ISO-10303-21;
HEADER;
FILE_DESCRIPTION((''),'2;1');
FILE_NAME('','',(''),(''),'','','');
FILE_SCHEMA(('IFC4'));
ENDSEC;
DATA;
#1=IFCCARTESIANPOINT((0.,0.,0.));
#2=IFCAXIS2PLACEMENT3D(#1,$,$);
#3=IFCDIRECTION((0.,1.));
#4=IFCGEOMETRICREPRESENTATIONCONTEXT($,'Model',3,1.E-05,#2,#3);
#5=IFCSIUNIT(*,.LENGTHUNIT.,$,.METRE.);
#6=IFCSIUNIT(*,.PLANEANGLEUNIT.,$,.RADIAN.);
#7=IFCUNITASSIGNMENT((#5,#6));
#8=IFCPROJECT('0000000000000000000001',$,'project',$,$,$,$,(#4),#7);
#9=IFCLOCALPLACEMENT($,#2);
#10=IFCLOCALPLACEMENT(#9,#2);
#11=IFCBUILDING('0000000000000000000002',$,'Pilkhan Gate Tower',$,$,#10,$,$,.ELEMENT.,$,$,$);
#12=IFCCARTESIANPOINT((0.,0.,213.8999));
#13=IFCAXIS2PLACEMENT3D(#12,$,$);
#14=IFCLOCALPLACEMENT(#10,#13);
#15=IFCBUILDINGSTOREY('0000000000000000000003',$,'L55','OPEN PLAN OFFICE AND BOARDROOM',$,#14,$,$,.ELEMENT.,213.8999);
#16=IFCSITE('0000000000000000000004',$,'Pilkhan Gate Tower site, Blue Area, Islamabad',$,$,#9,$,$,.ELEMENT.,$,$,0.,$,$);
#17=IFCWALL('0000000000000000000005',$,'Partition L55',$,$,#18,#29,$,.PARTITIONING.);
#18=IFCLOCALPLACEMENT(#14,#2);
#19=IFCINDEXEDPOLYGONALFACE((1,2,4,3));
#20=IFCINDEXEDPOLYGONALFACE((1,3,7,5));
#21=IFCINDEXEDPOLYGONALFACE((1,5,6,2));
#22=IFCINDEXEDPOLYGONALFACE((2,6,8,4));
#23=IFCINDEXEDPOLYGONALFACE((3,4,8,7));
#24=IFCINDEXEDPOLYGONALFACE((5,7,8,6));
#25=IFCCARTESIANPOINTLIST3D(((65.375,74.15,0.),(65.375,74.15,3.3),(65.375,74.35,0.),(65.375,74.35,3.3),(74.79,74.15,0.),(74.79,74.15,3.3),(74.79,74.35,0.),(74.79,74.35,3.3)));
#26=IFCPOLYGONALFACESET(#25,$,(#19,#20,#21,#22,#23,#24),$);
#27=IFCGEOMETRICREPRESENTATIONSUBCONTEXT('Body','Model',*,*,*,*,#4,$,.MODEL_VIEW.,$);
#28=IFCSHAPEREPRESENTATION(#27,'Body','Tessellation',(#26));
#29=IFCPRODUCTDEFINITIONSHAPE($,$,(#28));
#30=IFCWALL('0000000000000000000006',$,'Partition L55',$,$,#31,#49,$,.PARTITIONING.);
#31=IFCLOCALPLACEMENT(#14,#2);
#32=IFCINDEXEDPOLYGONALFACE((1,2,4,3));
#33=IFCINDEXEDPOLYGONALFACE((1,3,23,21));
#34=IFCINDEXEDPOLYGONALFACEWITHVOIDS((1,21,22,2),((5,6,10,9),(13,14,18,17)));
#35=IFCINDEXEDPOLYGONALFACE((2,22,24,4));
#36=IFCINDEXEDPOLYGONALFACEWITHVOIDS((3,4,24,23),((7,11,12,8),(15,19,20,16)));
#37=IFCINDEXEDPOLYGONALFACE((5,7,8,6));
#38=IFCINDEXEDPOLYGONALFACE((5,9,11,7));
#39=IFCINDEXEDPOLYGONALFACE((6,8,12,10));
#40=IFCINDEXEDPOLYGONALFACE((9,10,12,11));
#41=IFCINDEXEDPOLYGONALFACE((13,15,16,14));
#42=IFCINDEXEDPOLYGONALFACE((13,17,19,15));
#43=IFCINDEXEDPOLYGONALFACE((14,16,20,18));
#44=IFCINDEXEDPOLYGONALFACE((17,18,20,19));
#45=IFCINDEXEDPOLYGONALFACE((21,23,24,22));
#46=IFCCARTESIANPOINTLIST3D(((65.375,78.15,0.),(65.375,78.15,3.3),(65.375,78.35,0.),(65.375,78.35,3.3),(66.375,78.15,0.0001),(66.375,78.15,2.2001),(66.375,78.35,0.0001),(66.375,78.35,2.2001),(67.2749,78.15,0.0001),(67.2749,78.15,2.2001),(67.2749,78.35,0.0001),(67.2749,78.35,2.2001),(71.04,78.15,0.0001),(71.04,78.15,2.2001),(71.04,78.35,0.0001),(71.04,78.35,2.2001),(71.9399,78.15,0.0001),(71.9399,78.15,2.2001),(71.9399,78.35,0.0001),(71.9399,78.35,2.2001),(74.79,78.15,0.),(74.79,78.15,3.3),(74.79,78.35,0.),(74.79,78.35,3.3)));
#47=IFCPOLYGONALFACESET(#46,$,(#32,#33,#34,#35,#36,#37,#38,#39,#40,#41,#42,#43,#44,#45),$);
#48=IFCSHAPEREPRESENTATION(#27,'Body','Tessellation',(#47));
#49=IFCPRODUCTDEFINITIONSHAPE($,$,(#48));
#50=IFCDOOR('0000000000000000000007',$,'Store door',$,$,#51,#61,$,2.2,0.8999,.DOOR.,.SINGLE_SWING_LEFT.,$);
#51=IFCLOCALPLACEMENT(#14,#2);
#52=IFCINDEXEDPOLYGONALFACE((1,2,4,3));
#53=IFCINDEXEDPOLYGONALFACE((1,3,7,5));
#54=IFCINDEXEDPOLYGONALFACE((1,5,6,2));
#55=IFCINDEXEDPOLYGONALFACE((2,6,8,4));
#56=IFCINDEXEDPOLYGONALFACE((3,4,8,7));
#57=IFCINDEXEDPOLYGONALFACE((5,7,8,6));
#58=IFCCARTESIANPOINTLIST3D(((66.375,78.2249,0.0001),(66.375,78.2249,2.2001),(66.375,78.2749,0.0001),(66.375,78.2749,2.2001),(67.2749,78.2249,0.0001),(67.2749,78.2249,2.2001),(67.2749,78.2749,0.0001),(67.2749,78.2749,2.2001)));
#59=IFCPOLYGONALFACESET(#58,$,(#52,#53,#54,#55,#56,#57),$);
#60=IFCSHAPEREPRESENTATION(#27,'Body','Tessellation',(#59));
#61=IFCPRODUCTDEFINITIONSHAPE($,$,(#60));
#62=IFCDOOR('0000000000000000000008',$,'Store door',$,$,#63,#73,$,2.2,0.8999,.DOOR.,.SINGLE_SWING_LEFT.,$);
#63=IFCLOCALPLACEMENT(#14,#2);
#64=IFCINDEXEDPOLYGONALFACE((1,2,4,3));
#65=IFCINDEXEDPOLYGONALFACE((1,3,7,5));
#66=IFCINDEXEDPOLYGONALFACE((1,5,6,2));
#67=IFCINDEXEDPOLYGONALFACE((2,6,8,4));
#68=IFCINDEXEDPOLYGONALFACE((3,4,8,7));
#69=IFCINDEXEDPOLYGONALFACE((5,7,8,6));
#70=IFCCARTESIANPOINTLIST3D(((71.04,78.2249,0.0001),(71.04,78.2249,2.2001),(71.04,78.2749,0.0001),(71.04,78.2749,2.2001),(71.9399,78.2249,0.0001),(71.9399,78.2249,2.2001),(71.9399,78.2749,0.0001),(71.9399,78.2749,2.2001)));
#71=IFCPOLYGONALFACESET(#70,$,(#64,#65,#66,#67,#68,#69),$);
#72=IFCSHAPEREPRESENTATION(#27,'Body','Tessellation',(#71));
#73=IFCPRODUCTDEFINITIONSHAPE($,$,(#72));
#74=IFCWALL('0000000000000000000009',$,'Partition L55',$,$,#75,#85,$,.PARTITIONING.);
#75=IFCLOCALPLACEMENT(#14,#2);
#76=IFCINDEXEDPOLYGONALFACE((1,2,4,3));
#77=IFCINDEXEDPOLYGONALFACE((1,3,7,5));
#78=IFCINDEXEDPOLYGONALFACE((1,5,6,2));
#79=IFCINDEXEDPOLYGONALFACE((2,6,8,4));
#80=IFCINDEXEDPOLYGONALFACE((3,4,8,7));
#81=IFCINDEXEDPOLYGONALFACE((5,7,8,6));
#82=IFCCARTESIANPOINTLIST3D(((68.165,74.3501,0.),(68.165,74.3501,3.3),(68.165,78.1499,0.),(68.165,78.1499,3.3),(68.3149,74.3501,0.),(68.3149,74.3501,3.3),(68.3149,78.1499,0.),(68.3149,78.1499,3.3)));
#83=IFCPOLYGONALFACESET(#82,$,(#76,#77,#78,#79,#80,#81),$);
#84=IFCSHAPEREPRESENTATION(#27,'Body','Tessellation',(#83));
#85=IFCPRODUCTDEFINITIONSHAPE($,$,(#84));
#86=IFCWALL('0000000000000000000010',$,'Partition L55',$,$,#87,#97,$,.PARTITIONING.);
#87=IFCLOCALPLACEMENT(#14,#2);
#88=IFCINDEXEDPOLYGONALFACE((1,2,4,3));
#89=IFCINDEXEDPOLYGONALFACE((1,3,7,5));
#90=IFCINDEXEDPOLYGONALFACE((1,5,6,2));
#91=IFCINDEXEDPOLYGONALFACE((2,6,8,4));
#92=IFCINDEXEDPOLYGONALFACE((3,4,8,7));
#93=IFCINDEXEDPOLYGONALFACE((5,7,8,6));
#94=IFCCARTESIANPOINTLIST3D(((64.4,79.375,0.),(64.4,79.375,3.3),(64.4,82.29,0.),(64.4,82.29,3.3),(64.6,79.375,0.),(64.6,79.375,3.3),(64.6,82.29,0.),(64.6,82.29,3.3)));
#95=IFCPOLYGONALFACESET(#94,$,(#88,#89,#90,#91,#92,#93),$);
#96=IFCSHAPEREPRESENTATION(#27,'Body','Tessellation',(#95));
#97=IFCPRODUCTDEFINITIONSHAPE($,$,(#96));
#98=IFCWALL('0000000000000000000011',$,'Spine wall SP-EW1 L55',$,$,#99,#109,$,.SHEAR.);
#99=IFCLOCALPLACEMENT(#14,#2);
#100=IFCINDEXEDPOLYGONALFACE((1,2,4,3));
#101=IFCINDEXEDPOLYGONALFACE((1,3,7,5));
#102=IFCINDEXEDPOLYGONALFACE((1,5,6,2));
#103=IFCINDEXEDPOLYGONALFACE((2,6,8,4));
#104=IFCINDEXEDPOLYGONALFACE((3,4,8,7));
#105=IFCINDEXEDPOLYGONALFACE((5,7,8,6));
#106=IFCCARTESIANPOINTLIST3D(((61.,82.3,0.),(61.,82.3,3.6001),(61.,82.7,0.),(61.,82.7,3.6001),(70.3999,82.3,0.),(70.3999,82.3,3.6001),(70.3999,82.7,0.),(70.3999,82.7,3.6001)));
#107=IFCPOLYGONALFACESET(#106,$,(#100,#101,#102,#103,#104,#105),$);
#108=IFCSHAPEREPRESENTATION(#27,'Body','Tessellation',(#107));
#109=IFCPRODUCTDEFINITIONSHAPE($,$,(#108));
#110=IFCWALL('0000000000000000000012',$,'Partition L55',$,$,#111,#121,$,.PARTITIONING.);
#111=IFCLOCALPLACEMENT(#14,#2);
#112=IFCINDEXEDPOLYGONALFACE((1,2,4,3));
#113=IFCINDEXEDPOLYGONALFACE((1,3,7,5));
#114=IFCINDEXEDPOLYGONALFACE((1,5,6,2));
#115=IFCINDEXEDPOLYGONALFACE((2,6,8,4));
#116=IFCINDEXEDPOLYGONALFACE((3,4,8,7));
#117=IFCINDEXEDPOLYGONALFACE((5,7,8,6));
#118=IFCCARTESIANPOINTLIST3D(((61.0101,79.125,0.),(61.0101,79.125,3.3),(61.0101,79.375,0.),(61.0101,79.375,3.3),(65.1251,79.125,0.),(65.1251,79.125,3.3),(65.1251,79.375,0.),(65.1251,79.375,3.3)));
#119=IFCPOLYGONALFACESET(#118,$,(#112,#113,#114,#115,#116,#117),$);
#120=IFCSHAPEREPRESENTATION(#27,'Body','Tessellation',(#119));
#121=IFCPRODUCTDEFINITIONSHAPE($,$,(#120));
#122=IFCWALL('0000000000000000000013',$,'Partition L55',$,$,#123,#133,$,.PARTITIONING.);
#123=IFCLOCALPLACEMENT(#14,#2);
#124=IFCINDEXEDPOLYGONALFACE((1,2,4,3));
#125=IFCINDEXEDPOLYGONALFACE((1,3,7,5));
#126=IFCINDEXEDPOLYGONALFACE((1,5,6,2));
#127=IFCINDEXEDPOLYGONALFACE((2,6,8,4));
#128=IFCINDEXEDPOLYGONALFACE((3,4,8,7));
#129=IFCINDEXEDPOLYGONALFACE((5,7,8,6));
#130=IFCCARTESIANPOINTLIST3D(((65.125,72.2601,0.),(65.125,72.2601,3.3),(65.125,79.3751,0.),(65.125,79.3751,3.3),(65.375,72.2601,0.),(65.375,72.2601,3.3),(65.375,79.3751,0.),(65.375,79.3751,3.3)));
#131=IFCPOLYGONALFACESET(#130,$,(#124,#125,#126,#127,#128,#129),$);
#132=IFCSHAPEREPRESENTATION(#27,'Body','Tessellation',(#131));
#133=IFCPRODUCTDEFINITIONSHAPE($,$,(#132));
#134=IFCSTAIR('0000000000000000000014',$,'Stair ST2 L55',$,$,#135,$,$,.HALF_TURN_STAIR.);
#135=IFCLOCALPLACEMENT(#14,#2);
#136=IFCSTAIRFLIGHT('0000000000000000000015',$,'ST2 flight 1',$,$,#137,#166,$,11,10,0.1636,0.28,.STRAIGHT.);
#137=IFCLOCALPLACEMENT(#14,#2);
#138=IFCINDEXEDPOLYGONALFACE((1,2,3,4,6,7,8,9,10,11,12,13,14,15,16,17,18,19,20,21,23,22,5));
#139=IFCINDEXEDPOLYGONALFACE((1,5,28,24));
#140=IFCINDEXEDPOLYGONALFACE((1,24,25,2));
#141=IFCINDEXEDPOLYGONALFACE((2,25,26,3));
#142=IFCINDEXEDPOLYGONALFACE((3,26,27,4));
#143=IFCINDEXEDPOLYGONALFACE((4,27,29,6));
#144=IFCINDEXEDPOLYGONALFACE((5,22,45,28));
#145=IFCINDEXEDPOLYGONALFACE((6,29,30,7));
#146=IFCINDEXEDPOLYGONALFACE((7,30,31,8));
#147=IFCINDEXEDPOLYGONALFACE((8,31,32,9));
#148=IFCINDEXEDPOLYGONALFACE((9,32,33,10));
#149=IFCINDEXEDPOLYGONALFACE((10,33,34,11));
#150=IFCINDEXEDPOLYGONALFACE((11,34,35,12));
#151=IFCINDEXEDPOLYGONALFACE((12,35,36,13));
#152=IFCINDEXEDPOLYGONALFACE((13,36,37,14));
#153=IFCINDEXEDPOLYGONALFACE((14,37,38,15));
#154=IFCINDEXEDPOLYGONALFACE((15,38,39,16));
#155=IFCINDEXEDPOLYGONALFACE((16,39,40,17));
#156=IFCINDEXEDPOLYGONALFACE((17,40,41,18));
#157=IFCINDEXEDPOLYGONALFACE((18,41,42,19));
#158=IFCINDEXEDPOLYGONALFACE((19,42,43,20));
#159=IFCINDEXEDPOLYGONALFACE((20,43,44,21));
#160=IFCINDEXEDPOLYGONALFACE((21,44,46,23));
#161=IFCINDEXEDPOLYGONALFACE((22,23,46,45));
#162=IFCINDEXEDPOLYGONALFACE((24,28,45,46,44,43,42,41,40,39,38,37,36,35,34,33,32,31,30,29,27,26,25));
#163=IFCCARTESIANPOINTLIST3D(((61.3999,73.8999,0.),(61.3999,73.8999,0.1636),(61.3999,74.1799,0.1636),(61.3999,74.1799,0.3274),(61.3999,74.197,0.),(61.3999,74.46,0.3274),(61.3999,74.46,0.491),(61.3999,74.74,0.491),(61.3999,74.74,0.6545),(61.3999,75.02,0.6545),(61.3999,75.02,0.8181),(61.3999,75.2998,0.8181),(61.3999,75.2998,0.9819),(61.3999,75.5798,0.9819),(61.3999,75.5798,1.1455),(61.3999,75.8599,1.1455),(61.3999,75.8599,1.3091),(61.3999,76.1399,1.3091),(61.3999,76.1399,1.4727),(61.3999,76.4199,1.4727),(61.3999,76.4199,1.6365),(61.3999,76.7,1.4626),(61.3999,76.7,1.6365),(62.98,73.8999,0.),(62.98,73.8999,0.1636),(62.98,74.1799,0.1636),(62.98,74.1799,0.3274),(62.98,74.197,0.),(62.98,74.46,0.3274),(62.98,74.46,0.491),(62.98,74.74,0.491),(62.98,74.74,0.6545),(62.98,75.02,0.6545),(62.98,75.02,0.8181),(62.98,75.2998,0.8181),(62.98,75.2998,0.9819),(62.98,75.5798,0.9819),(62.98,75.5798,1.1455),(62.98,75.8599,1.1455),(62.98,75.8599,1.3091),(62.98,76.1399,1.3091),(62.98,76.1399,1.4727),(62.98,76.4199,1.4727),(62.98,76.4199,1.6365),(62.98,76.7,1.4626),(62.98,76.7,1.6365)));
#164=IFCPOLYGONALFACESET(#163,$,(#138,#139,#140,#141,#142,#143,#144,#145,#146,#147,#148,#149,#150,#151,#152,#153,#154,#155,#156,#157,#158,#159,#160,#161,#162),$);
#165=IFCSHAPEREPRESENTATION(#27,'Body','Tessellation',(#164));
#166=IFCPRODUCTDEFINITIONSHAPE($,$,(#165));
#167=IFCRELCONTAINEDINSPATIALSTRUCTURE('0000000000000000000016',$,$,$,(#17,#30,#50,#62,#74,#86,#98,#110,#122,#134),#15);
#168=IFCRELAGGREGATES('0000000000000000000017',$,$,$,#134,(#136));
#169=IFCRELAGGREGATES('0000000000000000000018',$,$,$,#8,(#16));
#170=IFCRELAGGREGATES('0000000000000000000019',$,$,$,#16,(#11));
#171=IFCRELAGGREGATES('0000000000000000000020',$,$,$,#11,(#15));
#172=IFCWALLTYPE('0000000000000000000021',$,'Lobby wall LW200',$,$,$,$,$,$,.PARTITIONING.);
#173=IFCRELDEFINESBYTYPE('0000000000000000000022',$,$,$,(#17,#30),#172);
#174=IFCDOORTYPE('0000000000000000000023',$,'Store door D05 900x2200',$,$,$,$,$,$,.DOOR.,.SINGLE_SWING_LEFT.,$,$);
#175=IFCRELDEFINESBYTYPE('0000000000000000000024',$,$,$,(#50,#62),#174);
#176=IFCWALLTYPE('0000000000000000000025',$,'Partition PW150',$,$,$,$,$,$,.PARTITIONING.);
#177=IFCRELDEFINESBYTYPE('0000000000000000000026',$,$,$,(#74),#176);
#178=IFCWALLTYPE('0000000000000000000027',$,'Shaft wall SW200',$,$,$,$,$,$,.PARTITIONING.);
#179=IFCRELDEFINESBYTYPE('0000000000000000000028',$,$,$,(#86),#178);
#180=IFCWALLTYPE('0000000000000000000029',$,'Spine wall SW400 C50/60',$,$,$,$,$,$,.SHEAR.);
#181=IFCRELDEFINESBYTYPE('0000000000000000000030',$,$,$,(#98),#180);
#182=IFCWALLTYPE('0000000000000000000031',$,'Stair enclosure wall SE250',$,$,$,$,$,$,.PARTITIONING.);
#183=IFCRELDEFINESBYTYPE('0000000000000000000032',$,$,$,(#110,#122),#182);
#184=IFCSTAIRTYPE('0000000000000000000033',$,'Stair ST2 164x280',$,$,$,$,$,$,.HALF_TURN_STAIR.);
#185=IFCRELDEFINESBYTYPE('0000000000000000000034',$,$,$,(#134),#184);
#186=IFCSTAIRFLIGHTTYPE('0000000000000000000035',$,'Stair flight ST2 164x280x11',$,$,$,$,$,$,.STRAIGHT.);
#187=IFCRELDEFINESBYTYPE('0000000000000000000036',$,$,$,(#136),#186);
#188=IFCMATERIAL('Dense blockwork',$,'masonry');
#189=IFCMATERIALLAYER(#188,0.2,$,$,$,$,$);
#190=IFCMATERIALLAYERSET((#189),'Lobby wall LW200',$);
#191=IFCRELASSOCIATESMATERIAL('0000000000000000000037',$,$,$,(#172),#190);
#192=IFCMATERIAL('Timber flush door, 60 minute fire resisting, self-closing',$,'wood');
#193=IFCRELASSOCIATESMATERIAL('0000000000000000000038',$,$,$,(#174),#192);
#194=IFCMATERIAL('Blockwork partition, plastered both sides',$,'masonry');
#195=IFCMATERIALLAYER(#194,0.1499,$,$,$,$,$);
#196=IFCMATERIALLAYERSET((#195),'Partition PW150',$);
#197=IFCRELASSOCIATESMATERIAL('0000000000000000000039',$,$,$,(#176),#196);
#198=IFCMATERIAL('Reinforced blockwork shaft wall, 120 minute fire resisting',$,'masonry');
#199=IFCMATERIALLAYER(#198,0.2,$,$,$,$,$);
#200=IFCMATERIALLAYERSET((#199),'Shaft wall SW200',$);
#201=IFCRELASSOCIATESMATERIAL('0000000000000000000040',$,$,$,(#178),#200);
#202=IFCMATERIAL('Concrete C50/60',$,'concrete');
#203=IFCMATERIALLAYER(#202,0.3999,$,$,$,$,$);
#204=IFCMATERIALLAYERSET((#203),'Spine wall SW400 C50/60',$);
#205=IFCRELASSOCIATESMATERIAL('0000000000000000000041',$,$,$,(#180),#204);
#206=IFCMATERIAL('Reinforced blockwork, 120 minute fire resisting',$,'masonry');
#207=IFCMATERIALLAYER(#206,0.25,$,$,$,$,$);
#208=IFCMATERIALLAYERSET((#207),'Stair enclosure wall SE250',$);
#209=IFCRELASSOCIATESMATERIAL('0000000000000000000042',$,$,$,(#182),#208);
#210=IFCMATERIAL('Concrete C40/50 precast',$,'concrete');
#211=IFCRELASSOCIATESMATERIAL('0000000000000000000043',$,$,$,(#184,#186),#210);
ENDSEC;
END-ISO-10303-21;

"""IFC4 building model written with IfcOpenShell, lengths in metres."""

from ifc_helpers import new_model, si_unit, direction, frame, frame_2d, origin, place, context, subcontext, project, spatial, polyline, rectangle, outline, extrude, material, layer, layer_set, type_object, element, fill, aggregate, save


model = new_model("IFC4")

# Units and contexts
model_context = context("Model", 3, precision=1e-05, world=origin(), true_north=direction((0.0, 1.0)))
body_context = subcontext(model_context, "Body", "Model", "MODEL_VIEW")
ifc_project = project(units=[si_unit("LENGTHUNIT", "METRE"), si_unit("PLANEANGLEUNIT", "RADIAN")], contexts=[model_context])

# Site, building, storey
site_placement = place(None, origin())
site = spatial("IfcSite", under=ifc_project, at=site_placement, Name="Pilkhan Gate Tower site, Blue Area, Islamabad", CompositionType="ELEMENT", RefElevation=0.0)
building_placement = place(site_placement, origin())
building = spatial("IfcBuilding", under=site, at=building_placement, Name="Pilkhan Gate Tower", CompositionType="ELEMENT")
storey_placement = place(building_placement, frame((0.0, 0.0, 213.8999)))
storey = spatial("IfcBuildingStorey", under=building, at=storey_placement, Name="L55", Description="OPEN PLAN OFFICE AND BOARDROOM", CompositionType="ELEMENT", Elevation=213.8999)

# Wall
ifc_material_1 = material(Name="Dense blockwork", Category="masonry")
ifc_layer_1 = layer(ifc_material_1, 0.2)
ifc_layer_set_1 = layer_set([ifc_layer_1], Name="Lobby wall LW200")
wall_type_1 = type_object("IfcWallType", Name="Lobby wall LW200", PredefinedType="PARTITIONING", material=ifc_layer_set_1)
wall_1_placement = place(storey_placement, frame((65.375, 74.25, 0.0), z_axis=(0.0, 0.0, 1.0), x_axis=(1.0, 0.0, 0.0)))
element("IfcWall", 1, at=wall_1_placement, inside=storey, type_object=wall_type_1, Name="Partition L55", PredefinedType="PARTITIONING", context=body_context, shape_type="SweptSolid", body=[
    extrude(rectangle(XDim=9.415, YDim=0.2, at=frame_2d((4.7075, 0.0))), origin(), (0.0, 0.0, 1.0), 3.3),
])

# Wall, openings, doors
wall_2_placement = place(storey_placement, frame((65.375, 78.25, 0.0), z_axis=(0.0, 0.0, 1.0), x_axis=(1.0, 0.0, 0.0)))
wall_2 = element("IfcWall", 2, at=wall_2_placement, inside=storey, type_object=wall_type_1, Name="Partition L55", PredefinedType="PARTITIONING", context=body_context, shape_type="SweptSolid", body=[
    extrude(rectangle(XDim=9.415, YDim=0.2, at=frame_2d((4.7075, 0.0))), origin(), (0.0, 0.0, 1.0), 3.3),
])
opening_1_placement = place(wall_2_placement, frame((1.0, 0.0, 0.0)))
opening_1 = element("IfcOpeningElement", 3, at=opening_1_placement, cuts=wall_2, PredefinedType="OPENING", context=body_context, shape_type="SweptSolid", body=[
    extrude(rectangle(XDim=0.8999, YDim=2.2, at=frame_2d((0.45, 1.1001))), frame((0.0, 0.1099, 0.0), z_axis=(0.0, -1.0, 0.0), x_axis=(1.0, 0.0, 0.0)), (0.0, 0.0, 1.0), 0.22),
])
opening_2_placement = place(wall_2_placement, frame((5.665, 0.0, 0.0)))
opening_2 = element("IfcOpeningElement", 4, at=opening_2_placement, cuts=wall_2, PredefinedType="OPENING", context=body_context, shape_type="SweptSolid", body=[
    extrude(rectangle(XDim=0.8999, YDim=2.2, at=frame_2d((0.45, 1.1001))), frame((0.0, 0.1099, 0.0), z_axis=(0.0, -1.0, 0.0), x_axis=(1.0, 0.0, 0.0)), (0.0, 0.0, 1.0), 0.22),
])
ifc_material_2 = material(Name="Timber flush door, 60 minute fire resisting, self-closing", Category="wood")
door_type = type_object("IfcDoorType", Name="Store door D05 900x2200", OperationType="SINGLE_SWING_LEFT", PredefinedType="DOOR", material=ifc_material_2)
door_1_placement = place(opening_1_placement, origin())
door_1 = element("IfcDoor", 5, at=door_1_placement, inside=storey, type_object=door_type, Name="Store door", OperationType="SINGLE_SWING_LEFT", OverallHeight=2.2, OverallWidth=0.8999, PredefinedType="DOOR", context=body_context, shape_type="SweptSolid", body=[
    extrude(rectangle(XDim=0.8999, YDim=2.2, at=frame_2d((0.45, 1.1001))), frame((0.0, 0.0249, 0.0), z_axis=(0.0, -1.0, 0.0), x_axis=(1.0, 0.0, 0.0)), (0.0, 0.0, 1.0), 0.05),
])
fill(opening_1, door_1)
door_2_placement = place(opening_2_placement, origin())
door_2 = element("IfcDoor", 6, at=door_2_placement, inside=storey, type_object=door_type, Name="Store door", OperationType="SINGLE_SWING_LEFT", OverallHeight=2.2, OverallWidth=0.8999, PredefinedType="DOOR", context=body_context, shape_type="SweptSolid", body=[
    extrude(rectangle(XDim=0.8999, YDim=2.2, at=frame_2d((0.45, 1.1001))), frame((0.0, 0.0249, 0.0), z_axis=(0.0, -1.0, 0.0), x_axis=(1.0, 0.0, 0.0)), (0.0, 0.0, 1.0), 0.05),
])
fill(opening_2, door_2)

# Walls
ifc_material_3 = material(Name="Blockwork partition, plastered both sides", Category="masonry")
ifc_layer_2 = layer(ifc_material_3, 0.1499)
ifc_layer_set_2 = layer_set([ifc_layer_2], Name="Partition PW150")
wall_type_2 = type_object("IfcWallType", Name="Partition PW150", PredefinedType="PARTITIONING", material=ifc_layer_set_2)
wall_3_placement = place(storey_placement, frame((68.24, 74.3501, 0.0), z_axis=(0.0, 0.0, 1.0), x_axis=(0.0, 1.0, 0.0)))
element("IfcWall", 7, at=wall_3_placement, inside=storey, type_object=wall_type_2, Name="Partition L55", PredefinedType="PARTITIONING", context=body_context, shape_type="SweptSolid", body=[
    extrude(rectangle(XDim=3.7998, YDim=0.1499, at=frame_2d((1.8999, 0.0))), origin(), (0.0, 0.0, 1.0), 3.3),
])
ifc_material_4 = material(Name="Reinforced blockwork shaft wall, 120 minute fire resisting", Category="masonry")
ifc_layer_3 = layer(ifc_material_4, 0.2)
ifc_layer_set_3 = layer_set([ifc_layer_3], Name="Shaft wall SW200")
wall_type_3 = type_object("IfcWallType", Name="Shaft wall SW200", PredefinedType="PARTITIONING", material=ifc_layer_set_3)
wall_4_placement = place(storey_placement, frame((64.5, 79.375, 0.0), z_axis=(0.0, 0.0, 1.0), x_axis=(0.0, 1.0, 0.0)))
element("IfcWall", 8, at=wall_4_placement, inside=storey, type_object=wall_type_3, Name="Partition L55", PredefinedType="PARTITIONING", context=body_context, shape_type="SweptSolid", body=[
    extrude(rectangle(XDim=2.915, YDim=0.2, at=frame_2d((1.4575, 0.0))), origin(), (0.0, 0.0, 1.0), 3.3),
])
ifc_material_5 = material(Name="Concrete C50/60", Category="concrete")
ifc_layer_4 = layer(ifc_material_5, 0.3999)
ifc_layer_set_4 = layer_set([ifc_layer_4], Name="Spine wall SW400 C50/60")
wall_type_4 = type_object("IfcWallType", Name="Spine wall SW400 C50/60", PredefinedType="SHEAR", material=ifc_layer_set_4)
wall_5_placement = place(storey_placement, frame((61.0, 82.5, 0.0), z_axis=(0.0, 0.0, 1.0), x_axis=(1.0, 0.0, 0.0)))
element("IfcWall", 9, at=wall_5_placement, inside=storey, type_object=wall_type_4, Name="Spine wall SP-EW1 L55", PredefinedType="SHEAR", context=body_context, shape_type="SweptSolid", body=[
    extrude(rectangle(XDim=9.3999, YDim=0.3999, at=frame_2d((4.7, 0.0))), origin(), (0.0, 0.0, 1.0), 3.6001),
])
ifc_material_6 = material(Name="Reinforced blockwork, 120 minute fire resisting", Category="masonry")
ifc_layer_5 = layer(ifc_material_6, 0.25)
ifc_layer_set_5 = layer_set([ifc_layer_5], Name="Stair enclosure wall SE250")
wall_type_5 = type_object("IfcWallType", Name="Stair enclosure wall SE250", PredefinedType="PARTITIONING", material=ifc_layer_set_5)
wall_6_placement = place(storey_placement, frame((61.01, 79.25, 0.0), z_axis=(0.0, 0.0, 1.0), x_axis=(1.0, 0.0, 0.0)))
element("IfcWall", 10, at=wall_6_placement, inside=storey, type_object=wall_type_5, Name="Partition L55", PredefinedType="PARTITIONING", context=body_context, shape_type="SweptSolid", body=[
    extrude(rectangle(XDim=4.115, YDim=0.25, at=frame_2d((2.0576, 0.0))), origin(), (0.0, 0.0, 1.0), 3.3),
])
wall_7_placement = place(storey_placement, frame((65.25, 72.26, 0.0), z_axis=(0.0, 0.0, 1.0), x_axis=(0.0, 1.0, 0.0)))
element("IfcWall", 11, at=wall_7_placement, inside=storey, type_object=wall_type_5, Name="Partition L55", PredefinedType="PARTITIONING", context=body_context, shape_type="SweptSolid", body=[
    extrude(rectangle(XDim=7.115, YDim=0.25, at=frame_2d((3.5576, 0.0))), origin(), (0.0, 0.0, 1.0), 3.3),
])

# Stair, stair flight
ifc_material_7 = material(Name="Concrete C40/50 precast", Category="concrete")
stair_type = type_object("IfcStairType", Name="Stair ST2 164x280", PredefinedType="HALF_TURN_STAIR", material=ifc_material_7)
stair_placement = place(storey_placement, origin())
stair = element("IfcStair", 12, at=stair_placement, inside=storey, type_object=stair_type, Name="Stair ST2 L55", PredefinedType="HALF_TURN_STAIR")
stair_flight_type = type_object("IfcStairFlightType", Name="Stair flight ST2 164x280x11", PredefinedType="STRAIGHT", material=ifc_material_7)
stair_flight_1_placement = place(storey_placement, frame((62.1899, 73.8999, 0.0), z_axis=(0.0, 0.0, 1.0), x_axis=(0.0, 1.0, 0.0)))
stair_flight_1 = element("IfcStairFlight", 13, at=stair_flight_1_placement, type_object=stair_flight_type, Name="ST2 flight 1", NumberOfRisers=11, NumberOfTreads=10, PredefinedType="STRAIGHT", RiserHeight=0.1636, TreadLength=0.28, context=body_context, shape_type="SweptSolid", body=[
    extrude(outline(polyline([(0.0, 0.0), (0.0, 0.1636), (0.28, 0.1636), (0.28, 0.3274), (0.5601, 0.3274), (0.5601, 0.491), (0.8401, 0.491), (0.8401, 0.6545), (1.1201, 0.6545), (1.1201, 0.8181), (1.3999, 0.8181), (1.3999, 0.9819), (1.6799, 0.9819), (1.6799, 1.1455), (1.96, 1.1455), (1.96, 1.3091), (2.24, 1.3091), (2.24, 1.4727), (2.52, 1.4727), (2.52, 1.6365), (2.8, 1.6365), (2.8, 1.8), (2.8, 1.4626), (0.2971, 0.0), (0.0, 0.0)])), frame((0.0, 0.79, 0.0), z_axis=(0.0, -1.0, 0.0), x_axis=(1.0, 0.0, 0.0)), (0.0, 0.0, 1.0), 1.5801),
])
aggregate(stair, [stair_flight_1])

save(model, "model.ifc")
